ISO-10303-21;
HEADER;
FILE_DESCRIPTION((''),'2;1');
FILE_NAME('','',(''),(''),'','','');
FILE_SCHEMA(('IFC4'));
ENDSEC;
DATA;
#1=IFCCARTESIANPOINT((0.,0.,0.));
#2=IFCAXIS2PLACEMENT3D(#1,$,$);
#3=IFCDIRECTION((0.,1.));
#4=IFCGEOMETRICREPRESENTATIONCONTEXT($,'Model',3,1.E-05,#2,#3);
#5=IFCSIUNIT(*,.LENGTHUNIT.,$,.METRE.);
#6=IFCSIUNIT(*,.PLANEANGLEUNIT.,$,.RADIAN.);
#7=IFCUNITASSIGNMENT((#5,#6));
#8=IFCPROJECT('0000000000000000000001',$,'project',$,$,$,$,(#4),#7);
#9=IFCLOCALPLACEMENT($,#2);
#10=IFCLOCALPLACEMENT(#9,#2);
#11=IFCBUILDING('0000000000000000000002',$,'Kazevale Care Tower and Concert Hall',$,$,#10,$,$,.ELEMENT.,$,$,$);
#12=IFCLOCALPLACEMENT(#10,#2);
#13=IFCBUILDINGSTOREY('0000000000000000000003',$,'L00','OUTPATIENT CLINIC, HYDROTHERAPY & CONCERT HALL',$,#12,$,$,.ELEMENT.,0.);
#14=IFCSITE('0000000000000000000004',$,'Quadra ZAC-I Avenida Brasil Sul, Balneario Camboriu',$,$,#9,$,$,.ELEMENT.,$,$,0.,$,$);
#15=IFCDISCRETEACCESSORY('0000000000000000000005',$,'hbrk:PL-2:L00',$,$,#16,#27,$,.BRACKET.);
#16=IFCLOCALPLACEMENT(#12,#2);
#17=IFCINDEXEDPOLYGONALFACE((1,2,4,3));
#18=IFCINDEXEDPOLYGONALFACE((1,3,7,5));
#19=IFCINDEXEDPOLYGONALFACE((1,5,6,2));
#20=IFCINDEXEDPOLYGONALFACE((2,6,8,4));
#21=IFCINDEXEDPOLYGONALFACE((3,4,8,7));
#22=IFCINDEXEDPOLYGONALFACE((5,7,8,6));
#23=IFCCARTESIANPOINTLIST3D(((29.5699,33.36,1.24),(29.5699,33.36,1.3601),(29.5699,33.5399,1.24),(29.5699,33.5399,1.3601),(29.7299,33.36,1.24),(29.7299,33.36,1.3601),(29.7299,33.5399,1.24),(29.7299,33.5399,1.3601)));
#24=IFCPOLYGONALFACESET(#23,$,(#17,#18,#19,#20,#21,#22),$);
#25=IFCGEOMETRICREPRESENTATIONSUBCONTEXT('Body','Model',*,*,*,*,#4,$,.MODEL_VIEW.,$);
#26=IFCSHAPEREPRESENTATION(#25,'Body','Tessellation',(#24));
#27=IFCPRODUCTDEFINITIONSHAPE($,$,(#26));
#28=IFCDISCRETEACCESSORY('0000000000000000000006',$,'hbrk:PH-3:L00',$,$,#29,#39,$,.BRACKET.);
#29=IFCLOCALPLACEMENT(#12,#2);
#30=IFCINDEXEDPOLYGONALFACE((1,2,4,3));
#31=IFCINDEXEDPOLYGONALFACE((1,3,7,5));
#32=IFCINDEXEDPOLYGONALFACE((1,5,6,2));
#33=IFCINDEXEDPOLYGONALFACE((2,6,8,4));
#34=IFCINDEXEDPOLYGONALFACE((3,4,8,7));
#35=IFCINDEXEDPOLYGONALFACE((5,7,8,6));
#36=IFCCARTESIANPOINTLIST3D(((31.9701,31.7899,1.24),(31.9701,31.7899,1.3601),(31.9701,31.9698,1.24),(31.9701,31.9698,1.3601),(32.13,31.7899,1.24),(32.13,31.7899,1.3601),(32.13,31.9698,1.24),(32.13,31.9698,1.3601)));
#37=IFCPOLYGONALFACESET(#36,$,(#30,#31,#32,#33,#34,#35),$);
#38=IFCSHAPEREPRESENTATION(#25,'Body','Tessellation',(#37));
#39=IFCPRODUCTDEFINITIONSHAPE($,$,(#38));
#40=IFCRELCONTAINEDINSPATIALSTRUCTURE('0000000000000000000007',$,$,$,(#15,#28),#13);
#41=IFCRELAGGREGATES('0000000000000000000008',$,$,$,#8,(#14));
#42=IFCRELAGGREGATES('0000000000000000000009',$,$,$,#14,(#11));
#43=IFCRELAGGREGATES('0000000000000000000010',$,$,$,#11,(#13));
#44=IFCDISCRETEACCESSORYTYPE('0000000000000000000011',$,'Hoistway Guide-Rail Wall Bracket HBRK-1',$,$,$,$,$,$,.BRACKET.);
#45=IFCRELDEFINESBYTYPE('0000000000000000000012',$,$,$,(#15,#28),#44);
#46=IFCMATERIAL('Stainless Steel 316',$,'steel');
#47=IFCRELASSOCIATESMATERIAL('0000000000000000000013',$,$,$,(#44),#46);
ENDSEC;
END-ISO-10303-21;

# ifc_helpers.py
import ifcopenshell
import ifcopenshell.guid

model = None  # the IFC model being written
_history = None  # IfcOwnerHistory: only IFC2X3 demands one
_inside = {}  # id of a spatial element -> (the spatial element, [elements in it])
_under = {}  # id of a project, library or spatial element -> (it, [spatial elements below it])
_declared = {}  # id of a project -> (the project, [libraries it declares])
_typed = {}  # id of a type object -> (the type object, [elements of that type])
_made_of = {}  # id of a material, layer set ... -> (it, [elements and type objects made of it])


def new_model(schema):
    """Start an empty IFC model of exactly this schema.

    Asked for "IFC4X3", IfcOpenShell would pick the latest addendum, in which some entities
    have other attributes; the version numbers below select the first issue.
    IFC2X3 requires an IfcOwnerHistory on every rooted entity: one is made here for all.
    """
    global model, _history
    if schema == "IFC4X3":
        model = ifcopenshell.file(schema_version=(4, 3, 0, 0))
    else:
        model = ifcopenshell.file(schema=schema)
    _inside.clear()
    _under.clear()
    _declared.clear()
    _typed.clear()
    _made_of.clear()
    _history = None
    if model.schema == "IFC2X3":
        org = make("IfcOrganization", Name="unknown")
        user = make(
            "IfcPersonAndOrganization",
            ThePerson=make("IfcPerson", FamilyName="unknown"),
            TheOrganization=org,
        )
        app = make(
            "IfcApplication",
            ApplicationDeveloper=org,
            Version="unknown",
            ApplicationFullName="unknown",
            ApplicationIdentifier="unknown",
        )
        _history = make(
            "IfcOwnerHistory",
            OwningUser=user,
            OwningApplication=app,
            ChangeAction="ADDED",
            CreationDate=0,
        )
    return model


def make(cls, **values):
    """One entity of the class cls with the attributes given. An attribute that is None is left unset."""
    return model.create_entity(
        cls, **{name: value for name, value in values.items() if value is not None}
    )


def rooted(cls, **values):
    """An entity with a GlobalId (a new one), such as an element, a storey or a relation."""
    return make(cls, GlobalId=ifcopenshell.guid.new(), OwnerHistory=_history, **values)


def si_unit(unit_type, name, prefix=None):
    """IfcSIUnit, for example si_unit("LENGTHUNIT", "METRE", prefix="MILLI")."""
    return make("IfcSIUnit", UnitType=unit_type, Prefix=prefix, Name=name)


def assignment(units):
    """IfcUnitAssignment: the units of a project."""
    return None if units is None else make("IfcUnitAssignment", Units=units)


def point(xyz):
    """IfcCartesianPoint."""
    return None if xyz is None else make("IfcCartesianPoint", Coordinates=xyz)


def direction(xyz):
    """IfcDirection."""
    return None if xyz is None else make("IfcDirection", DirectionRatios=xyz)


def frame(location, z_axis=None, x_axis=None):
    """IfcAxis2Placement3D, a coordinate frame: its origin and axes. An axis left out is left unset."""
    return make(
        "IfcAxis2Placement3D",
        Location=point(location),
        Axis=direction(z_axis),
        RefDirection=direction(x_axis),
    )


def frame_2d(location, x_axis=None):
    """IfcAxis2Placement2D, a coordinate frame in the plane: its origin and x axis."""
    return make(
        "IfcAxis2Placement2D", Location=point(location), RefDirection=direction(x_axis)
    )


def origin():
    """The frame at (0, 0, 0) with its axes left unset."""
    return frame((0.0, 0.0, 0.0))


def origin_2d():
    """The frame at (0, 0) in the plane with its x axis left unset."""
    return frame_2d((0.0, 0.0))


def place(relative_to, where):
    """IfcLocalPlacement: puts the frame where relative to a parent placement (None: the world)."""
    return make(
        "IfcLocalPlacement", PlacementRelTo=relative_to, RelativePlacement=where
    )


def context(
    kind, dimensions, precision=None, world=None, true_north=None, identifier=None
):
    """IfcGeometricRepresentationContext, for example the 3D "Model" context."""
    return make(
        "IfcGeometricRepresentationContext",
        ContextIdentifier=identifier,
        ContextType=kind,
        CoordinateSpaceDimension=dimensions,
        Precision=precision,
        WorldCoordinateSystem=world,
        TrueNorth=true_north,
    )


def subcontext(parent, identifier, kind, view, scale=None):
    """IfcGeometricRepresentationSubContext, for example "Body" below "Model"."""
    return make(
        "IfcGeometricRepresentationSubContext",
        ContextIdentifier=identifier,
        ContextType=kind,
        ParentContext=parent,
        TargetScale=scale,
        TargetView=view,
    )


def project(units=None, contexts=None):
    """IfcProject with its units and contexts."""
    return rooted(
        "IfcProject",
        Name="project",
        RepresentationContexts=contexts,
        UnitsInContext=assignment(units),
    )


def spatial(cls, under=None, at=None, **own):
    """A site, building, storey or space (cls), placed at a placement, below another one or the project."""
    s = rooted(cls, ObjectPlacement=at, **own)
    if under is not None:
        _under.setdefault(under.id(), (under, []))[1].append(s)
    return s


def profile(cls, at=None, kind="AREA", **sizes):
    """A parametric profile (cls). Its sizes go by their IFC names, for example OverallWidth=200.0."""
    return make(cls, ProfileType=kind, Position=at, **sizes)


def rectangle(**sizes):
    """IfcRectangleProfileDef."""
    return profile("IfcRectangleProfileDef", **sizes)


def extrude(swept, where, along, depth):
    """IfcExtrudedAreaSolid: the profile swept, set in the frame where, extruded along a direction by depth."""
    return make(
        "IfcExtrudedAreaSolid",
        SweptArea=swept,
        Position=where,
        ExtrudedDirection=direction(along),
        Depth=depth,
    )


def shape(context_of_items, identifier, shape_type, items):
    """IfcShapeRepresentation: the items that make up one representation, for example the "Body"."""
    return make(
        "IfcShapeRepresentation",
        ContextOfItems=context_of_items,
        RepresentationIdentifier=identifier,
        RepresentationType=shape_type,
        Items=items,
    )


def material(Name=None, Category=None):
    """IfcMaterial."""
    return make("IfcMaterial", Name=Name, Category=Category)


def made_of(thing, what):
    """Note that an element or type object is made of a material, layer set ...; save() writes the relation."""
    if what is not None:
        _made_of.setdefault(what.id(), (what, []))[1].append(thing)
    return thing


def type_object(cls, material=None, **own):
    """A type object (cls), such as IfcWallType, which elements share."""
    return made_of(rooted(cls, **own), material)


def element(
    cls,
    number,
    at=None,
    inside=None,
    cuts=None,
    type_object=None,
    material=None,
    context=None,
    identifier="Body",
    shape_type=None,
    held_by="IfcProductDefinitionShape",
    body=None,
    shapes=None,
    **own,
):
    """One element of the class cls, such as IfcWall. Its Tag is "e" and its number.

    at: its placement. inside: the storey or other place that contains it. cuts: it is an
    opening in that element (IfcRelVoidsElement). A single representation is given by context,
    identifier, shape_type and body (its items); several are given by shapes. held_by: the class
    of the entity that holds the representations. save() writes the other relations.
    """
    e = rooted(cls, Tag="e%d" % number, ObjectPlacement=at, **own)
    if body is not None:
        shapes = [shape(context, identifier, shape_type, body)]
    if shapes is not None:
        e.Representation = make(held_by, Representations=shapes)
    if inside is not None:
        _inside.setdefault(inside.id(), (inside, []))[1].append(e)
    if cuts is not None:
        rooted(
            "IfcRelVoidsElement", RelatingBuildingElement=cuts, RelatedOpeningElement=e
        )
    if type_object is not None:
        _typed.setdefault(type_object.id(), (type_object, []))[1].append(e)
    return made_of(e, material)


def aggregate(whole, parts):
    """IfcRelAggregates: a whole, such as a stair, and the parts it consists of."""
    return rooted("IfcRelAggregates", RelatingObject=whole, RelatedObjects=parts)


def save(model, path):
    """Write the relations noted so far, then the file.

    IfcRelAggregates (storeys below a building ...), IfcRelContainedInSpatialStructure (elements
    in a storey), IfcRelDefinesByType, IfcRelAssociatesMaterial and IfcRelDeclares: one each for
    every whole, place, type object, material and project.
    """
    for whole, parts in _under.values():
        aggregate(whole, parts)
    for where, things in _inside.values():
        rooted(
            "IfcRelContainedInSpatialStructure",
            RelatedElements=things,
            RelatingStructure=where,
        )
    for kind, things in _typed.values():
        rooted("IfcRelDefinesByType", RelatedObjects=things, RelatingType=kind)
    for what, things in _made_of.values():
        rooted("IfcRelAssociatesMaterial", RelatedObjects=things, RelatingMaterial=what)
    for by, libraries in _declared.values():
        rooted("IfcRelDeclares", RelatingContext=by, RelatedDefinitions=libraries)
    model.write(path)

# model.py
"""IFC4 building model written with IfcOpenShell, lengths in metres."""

from ifc_helpers import new_model, si_unit, direction, frame, origin, origin_2d, place, context, subcontext, project, spatial, rectangle, extrude, material, type_object, element, save


model = new_model("IFC4")

# Units and contexts
model_context = context("Model", 3, precision=1e-05, world=origin(), true_north=direction((0.0, 1.0)))
body_context = subcontext(model_context, "Body", "Model", "MODEL_VIEW")
ifc_project = project(units=[si_unit("LENGTHUNIT", "METRE"), si_unit("PLANEANGLEUNIT", "RADIAN")], contexts=[model_context])

# Site, building, storey
site_placement = place(None, origin())
site = spatial("IfcSite", under=ifc_project, at=site_placement, Name="Quadra ZAC-I Avenida Brasil Sul, Balneario Camboriu", CompositionType="ELEMENT", RefElevation=0.0)
building_placement = place(site_placement, origin())
building = spatial("IfcBuilding", under=site, at=building_placement, Name="Kazevale Care Tower and Concert Hall", CompositionType="ELEMENT")
storey_placement = place(building_placement, origin())
storey = spatial("IfcBuildingStorey", under=building, at=storey_placement, Name="L00", Description="OUTPATIENT CLINIC, HYDROTHERAPY & CONCERT HALL", CompositionType="ELEMENT", Elevation=0.0)

# Shared definitions
ifc_material_1 = material(Name="Stainless Steel 316", Category="steel")

# Discrete accessories
discrete_accessory_type = type_object("IfcDiscreteAccessoryType", Name="Hoistway Guide-Rail Wall Bracket HBRK-1", PredefinedType="BRACKET", material=ifc_material_1)
for number, where, z_axis, x_axis, name in (
    (1, (29.6499, 33.45, 1.24), (0.0, 0.0, 1.0), (1.0, 0.0, 0.0), "hbrk:PL-2:L00"),
    (2, (32.05, 31.8799, 1.24), (0.0, 0.0, 1.0), (1.0, 0.0, 0.0), "hbrk:PH-3:L00"),
):
    element("IfcDiscreteAccessory", number, at=place(storey_placement, frame(where, z_axis=z_axis, x_axis=x_axis)), inside=storey, type_object=discrete_accessory_type, Name=name, PredefinedType="BRACKET", context=body_context, shape_type="SweptSolid", body=[
        extrude(rectangle(XDim=0.1599, YDim=0.1799, at=origin_2d()), origin(), (0.0, 0.0, 1.0), 0.1201),
    ])

save(model, "model.ifc")
